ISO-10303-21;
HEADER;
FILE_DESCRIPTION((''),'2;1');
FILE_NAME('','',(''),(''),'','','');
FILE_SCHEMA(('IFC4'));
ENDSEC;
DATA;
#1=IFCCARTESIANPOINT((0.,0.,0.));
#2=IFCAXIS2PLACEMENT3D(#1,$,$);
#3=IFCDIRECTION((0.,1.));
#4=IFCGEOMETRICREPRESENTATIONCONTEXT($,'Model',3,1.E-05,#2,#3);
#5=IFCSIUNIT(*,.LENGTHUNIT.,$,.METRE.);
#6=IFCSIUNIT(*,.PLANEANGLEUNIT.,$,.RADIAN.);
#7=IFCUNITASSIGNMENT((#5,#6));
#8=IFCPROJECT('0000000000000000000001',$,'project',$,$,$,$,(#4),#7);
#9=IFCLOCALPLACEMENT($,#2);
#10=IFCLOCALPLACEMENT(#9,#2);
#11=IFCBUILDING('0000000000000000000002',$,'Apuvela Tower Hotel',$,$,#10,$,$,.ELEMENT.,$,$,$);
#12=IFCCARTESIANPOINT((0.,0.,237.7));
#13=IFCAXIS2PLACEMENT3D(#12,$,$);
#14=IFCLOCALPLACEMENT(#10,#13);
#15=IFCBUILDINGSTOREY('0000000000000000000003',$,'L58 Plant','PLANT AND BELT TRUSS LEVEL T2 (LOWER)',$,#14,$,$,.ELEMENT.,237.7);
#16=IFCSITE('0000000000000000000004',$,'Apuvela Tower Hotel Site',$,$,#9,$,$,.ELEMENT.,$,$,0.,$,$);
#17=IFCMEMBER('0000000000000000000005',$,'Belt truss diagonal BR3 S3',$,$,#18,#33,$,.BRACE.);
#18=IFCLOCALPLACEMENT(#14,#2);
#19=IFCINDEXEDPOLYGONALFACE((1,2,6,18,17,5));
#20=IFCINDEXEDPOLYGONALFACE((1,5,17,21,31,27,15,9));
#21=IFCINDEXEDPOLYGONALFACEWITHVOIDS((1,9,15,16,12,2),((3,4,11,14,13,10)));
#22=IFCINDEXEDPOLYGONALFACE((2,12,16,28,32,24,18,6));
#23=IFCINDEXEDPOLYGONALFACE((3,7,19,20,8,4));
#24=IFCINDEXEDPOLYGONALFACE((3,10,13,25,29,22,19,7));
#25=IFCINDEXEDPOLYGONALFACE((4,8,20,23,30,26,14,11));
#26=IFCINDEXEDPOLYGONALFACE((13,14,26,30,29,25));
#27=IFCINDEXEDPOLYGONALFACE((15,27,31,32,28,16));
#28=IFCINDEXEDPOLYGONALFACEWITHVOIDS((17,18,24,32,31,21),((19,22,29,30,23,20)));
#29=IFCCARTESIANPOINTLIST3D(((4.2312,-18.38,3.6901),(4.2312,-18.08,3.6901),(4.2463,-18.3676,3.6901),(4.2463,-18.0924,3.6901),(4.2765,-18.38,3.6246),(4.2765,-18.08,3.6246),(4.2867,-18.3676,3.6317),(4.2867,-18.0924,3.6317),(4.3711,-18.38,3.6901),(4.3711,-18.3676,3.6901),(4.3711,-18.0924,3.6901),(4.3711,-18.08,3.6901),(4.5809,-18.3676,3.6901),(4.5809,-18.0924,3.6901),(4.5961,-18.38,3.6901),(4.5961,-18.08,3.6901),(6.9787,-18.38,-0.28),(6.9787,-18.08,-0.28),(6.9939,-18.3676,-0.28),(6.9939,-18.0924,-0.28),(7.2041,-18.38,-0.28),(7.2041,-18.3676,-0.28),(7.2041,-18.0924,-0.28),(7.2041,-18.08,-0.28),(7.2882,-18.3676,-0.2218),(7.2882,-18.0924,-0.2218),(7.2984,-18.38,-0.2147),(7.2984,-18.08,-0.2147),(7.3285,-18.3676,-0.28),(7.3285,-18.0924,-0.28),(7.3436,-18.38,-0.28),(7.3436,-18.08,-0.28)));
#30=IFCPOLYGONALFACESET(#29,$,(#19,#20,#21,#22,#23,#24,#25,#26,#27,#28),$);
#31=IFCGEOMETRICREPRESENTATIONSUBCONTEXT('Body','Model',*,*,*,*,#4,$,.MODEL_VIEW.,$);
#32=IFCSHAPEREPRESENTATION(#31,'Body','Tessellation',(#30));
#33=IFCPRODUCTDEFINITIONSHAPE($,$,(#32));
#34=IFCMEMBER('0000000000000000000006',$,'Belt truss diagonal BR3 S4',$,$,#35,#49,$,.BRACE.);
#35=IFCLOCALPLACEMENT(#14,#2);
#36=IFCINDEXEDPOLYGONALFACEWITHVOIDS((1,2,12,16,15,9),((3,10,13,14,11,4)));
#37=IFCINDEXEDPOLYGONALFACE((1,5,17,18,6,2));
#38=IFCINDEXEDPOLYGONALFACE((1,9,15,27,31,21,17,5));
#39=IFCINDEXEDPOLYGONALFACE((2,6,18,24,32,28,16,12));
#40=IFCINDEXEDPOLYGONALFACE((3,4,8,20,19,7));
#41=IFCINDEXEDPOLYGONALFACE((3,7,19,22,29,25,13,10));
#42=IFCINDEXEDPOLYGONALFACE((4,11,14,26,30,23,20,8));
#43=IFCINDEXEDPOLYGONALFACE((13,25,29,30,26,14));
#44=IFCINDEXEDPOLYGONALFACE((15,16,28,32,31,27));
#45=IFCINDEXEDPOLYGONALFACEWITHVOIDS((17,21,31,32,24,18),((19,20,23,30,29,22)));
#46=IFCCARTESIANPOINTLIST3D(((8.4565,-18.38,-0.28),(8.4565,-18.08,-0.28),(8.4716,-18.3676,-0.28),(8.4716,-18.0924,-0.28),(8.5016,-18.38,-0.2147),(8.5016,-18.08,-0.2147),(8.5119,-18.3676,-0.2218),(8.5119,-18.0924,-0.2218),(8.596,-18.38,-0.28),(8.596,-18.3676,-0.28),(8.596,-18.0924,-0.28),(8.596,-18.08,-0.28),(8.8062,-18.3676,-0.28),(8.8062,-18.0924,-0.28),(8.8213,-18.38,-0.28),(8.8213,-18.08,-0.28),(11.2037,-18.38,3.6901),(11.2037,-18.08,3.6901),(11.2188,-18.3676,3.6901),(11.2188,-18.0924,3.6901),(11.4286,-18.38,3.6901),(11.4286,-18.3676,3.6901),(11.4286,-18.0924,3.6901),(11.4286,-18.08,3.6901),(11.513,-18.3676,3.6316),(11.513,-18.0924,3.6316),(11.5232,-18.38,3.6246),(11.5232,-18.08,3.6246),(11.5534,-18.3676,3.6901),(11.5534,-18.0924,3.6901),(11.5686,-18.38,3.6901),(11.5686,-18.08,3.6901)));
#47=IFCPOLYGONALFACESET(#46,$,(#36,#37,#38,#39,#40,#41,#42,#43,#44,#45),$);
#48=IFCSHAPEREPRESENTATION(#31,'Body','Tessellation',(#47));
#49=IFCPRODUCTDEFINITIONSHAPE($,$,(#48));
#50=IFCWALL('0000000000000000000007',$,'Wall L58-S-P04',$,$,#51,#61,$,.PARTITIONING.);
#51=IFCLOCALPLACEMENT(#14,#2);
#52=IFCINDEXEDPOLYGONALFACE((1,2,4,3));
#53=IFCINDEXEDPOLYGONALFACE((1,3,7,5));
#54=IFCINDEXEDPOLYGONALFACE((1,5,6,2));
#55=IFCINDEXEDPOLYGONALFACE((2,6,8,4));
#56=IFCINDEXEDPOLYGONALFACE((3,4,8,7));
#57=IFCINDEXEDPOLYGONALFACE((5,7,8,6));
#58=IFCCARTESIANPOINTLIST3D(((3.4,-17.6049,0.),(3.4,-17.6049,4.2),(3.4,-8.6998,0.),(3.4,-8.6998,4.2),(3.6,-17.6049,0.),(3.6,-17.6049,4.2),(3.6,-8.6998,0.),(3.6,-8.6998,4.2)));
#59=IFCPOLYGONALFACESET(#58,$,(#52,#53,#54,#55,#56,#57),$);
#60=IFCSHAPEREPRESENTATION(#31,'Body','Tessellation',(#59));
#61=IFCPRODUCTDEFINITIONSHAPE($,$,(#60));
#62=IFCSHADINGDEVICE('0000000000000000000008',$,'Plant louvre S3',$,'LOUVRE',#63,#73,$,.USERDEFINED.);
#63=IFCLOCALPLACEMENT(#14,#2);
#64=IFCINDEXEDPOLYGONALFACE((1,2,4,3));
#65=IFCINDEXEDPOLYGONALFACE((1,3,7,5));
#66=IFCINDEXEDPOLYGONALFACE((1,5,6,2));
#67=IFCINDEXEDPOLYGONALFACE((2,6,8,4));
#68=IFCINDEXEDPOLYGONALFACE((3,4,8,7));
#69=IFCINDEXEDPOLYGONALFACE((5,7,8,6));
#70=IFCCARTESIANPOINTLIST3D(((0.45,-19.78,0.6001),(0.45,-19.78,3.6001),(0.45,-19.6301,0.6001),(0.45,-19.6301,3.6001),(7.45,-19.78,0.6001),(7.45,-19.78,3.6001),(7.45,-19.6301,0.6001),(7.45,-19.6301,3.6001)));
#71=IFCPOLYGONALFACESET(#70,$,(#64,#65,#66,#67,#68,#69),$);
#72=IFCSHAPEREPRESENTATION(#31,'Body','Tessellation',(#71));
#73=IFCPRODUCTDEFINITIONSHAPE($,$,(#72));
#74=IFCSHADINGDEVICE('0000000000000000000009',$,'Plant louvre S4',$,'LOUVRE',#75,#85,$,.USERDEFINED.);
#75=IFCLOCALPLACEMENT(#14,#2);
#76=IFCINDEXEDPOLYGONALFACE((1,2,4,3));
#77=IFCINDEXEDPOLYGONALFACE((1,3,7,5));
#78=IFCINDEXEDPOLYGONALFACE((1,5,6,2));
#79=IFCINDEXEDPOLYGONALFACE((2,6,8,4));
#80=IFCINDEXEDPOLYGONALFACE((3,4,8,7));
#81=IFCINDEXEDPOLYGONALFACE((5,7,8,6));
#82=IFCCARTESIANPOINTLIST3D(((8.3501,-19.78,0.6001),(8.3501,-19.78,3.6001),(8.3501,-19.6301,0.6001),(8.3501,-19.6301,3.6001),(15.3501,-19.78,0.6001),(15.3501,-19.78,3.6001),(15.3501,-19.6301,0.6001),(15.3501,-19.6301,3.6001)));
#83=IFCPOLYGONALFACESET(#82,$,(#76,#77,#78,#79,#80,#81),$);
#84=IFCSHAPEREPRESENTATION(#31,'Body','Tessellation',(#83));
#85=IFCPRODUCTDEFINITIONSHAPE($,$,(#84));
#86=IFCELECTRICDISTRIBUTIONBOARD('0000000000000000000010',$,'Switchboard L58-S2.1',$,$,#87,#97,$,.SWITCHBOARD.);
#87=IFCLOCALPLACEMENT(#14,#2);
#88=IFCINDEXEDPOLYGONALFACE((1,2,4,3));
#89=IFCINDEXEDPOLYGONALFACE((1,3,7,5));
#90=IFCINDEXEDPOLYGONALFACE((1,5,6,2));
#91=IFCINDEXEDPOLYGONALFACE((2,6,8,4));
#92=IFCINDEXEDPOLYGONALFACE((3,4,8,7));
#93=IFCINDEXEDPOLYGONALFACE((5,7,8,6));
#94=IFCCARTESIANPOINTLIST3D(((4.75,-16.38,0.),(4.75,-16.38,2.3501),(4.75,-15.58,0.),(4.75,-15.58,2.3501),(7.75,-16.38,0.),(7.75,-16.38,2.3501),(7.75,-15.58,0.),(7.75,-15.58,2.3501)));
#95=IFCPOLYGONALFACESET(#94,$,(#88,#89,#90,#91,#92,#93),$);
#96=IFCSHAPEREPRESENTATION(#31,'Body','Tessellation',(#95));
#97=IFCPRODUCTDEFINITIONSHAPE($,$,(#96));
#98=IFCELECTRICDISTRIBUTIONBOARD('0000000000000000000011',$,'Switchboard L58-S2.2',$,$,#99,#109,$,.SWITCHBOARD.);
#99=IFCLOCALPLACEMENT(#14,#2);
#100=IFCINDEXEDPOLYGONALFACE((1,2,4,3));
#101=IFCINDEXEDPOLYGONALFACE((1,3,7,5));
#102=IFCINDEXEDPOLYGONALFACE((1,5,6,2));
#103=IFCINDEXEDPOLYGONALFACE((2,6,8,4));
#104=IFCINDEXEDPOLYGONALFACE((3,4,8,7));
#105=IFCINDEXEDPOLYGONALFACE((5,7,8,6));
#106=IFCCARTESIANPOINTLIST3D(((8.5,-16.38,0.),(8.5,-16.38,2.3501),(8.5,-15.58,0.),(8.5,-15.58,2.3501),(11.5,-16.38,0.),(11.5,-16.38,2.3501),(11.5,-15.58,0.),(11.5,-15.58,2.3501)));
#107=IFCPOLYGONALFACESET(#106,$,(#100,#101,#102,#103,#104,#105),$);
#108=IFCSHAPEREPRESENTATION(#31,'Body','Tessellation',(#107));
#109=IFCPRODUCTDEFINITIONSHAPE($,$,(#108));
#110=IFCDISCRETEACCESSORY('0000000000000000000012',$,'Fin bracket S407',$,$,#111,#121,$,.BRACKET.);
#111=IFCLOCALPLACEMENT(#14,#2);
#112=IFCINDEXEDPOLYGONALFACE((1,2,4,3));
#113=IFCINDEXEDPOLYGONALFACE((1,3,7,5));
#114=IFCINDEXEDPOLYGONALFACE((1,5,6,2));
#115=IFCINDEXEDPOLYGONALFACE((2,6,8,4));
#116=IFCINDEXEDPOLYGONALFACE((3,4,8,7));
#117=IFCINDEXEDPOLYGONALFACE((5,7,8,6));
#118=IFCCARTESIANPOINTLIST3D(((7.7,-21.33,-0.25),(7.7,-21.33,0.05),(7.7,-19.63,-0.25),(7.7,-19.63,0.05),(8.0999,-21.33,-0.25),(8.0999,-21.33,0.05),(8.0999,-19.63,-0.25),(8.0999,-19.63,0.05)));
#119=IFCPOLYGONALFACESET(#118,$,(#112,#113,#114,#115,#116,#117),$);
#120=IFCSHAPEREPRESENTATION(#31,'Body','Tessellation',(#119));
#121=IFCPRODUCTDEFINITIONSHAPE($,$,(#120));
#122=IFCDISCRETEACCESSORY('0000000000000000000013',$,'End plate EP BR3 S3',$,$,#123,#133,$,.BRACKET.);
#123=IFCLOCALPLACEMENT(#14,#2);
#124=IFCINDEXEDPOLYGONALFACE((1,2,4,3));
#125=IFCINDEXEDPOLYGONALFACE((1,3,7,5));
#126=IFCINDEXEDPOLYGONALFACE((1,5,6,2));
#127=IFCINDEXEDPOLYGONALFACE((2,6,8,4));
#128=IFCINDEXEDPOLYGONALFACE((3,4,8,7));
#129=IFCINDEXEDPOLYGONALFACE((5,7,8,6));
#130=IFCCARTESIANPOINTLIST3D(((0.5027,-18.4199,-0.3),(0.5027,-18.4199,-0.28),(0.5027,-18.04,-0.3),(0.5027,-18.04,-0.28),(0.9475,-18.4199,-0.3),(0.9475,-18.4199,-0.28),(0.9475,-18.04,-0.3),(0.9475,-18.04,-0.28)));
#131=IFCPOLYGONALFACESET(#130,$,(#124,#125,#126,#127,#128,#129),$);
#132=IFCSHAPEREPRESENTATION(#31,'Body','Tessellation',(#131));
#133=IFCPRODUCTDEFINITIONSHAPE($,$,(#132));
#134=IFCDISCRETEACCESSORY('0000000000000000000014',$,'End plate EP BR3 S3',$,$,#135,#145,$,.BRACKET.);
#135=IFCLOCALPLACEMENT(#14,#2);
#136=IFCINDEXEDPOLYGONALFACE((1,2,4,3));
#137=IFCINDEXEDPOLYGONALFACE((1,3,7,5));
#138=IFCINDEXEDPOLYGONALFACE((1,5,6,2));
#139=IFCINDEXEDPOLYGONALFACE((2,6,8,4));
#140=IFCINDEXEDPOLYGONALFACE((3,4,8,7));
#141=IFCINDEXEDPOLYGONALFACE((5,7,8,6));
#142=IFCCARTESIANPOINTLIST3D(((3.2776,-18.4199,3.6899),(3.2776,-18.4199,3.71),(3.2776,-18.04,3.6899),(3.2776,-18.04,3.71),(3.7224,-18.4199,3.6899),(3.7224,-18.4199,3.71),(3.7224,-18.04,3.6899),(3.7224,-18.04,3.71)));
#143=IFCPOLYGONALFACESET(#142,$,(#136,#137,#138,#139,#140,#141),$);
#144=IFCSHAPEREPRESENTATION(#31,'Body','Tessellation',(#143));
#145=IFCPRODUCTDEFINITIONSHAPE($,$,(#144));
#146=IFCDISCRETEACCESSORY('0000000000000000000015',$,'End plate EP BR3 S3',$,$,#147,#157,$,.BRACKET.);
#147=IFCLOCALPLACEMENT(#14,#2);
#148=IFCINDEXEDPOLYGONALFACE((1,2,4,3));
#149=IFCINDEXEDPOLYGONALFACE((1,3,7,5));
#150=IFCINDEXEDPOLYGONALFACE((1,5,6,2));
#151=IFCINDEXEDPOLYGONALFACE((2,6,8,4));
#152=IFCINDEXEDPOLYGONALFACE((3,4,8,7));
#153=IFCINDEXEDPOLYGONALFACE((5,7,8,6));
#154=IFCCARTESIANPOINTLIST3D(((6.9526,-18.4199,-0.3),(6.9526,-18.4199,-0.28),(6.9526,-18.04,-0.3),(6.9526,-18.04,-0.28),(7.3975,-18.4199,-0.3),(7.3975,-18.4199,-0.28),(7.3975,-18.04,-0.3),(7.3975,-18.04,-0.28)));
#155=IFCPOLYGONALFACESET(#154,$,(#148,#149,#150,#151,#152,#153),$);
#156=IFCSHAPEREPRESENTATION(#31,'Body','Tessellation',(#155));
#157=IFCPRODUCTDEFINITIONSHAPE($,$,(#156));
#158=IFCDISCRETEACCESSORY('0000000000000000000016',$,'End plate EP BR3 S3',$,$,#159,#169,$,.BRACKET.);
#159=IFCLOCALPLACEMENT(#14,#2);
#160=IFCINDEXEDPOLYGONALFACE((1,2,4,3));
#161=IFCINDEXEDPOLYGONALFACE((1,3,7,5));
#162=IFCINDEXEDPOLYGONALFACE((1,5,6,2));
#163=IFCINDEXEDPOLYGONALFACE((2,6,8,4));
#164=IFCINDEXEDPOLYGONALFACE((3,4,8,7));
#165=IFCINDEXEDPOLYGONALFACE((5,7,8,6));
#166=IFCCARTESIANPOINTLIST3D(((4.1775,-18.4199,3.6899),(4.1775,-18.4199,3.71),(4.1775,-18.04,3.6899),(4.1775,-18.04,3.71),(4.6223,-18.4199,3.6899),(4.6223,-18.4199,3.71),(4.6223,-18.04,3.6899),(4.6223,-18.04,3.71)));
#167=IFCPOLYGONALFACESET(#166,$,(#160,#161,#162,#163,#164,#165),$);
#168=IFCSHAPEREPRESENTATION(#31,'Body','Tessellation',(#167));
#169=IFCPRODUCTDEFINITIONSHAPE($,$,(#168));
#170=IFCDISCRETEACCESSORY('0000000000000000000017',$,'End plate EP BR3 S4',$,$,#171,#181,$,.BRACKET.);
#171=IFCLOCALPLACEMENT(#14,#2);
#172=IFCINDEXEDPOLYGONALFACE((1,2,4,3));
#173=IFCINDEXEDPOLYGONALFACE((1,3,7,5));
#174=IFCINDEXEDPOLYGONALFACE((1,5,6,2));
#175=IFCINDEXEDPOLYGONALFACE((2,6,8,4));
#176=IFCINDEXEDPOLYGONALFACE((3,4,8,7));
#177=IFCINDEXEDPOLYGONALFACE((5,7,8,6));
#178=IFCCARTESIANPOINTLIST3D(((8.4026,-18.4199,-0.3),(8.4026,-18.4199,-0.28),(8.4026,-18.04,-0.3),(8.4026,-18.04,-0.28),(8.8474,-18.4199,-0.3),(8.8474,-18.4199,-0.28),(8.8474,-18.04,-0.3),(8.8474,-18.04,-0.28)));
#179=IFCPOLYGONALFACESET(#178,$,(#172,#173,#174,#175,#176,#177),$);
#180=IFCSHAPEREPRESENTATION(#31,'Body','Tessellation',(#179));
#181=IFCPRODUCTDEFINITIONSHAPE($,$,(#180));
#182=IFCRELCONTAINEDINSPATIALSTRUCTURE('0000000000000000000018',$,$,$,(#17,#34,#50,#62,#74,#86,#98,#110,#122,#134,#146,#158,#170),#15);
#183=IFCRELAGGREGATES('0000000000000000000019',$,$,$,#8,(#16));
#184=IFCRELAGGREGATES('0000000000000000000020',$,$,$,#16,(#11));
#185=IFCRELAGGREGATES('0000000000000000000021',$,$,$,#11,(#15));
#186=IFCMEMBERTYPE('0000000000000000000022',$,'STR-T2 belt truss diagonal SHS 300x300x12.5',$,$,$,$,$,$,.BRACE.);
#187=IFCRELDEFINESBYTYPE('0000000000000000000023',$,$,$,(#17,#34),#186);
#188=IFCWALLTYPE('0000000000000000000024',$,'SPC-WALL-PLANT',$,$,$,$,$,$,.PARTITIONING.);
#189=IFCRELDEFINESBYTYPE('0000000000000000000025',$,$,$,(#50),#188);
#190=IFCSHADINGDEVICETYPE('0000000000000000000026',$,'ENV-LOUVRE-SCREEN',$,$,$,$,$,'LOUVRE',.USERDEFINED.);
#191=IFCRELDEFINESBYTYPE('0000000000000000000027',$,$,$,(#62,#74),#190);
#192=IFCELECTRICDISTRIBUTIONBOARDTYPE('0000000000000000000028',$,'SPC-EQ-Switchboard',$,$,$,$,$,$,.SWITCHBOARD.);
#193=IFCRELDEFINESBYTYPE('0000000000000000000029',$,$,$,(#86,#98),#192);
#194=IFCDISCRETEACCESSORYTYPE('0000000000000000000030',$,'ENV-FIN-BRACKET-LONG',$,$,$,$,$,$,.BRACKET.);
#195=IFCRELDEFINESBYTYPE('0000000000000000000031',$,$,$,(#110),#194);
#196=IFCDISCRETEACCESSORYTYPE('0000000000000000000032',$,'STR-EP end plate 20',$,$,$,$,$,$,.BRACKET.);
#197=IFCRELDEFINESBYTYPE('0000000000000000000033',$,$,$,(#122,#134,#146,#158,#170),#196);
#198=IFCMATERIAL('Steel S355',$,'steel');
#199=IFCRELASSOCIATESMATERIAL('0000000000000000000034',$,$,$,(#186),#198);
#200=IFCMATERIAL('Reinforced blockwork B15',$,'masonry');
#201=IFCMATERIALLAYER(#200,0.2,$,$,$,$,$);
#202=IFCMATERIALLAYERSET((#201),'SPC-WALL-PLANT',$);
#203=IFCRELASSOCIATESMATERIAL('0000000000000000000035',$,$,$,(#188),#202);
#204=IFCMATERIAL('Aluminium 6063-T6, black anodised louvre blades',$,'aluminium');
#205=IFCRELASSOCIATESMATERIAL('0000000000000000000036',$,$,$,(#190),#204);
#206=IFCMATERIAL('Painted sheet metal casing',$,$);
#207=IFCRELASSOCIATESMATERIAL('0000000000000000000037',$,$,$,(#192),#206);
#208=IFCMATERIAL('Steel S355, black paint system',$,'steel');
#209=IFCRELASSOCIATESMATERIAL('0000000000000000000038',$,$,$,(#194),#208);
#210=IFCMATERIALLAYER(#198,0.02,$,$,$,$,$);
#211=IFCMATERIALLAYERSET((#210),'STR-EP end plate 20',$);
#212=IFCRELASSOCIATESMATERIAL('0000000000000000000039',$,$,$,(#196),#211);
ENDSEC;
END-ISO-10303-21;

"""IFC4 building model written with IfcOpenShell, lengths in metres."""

from ifc_helpers import new_model, si_unit, direction, frame, frame_2d, origin, origin_2d, place, context, subcontext, project, spatial, rectangle, hollow_rectangle, extrude, boolean, halfspace, material, layer, layer_set, material_profile, profile_set, type_object, element, save


model = new_model("IFC4")

# Units and contexts
model_context = context("Model", 3, precision=1e-05, world=origin(), true_north=direction((0.0, 1.0)))
body_context = subcontext(model_context, "Body", "Model", "MODEL_VIEW")
ifc_project = project(units=[si_unit("LENGTHUNIT", "METRE"), si_unit("PLANEANGLEUNIT", "RADIAN")], contexts=[model_context])

# Site, building, storey
site_placement = place(None, origin())
site = spatial("IfcSite", under=ifc_project, at=site_placement, Name="Apuvela Tower Hotel Site", CompositionType="ELEMENT", RefElevation=0.0)
building_placement = place(site_placement, origin())
building = spatial("IfcBuilding", under=site, at=building_placement, Name="Apuvela Tower Hotel", CompositionType="ELEMENT")
storey_placement = place(building_placement, frame((0.0, 0.0, 237.7)))
storey = spatial("IfcBuildingStorey", under=building, at=storey_placement, Name="L58 Plant", Description="PLANT AND BELT TRUSS LEVEL T2 (LOWER)", CompositionType="ELEMENT", Elevation=237.7)

# Shared definitions
ifc_material_1 = material(Name="Steel S355", Category="steel")

# Members
ifc_material_profile_1 = material_profile(ifc_material_1, hollow_rectangle(XDim=0.3, YDim=0.3, WallThickness=0.0125, at=origin_2d()), Name="SHS 300x300x12.5")
ifc_profile_set_1 = profile_set([ifc_material_profile_1], Name="Steel S355")
member_type_1 = type_object("IfcMemberType", Name="STR-T2 belt truss diagonal SHS 300x300x12.5", PredefinedType="BRACE", material=ifc_profile_set_1)
member_1_placement = place(storey_placement, frame((7.175, -18.23, -0.3), z_axis=(-0.569069, 0.0, 0.82229), x_axis=(0.82229, 0.0, 0.569069)))
solid_1 = boolean("DIFFERENCE", boolean("DIFFERENCE", extrude(hollow_rectangle(XDim=0.3, YDim=0.3, WallThickness=0.0125, at=origin_2d()), frame((0.0, 0.0, -0.2239)), (0.0, 0.0, 1.0), 5.3242), halfspace(frame((0.0, 0.0, 0.0244), z_axis=(0.569069, 0.0, 0.82229), x_axis=(0.82229, 0.0, -0.569069)), True)), halfspace(frame((0.0, 0.0, 4.8525), z_axis=(0.569069, 0.0, 0.82229), x_axis=(0.82229, 0.0, -0.569069)), False))
element("IfcMember", 1, at=member_1_placement, inside=storey, type_object=member_type_1, Name="Belt truss diagonal BR3 S3", PredefinedType="BRACE", context=body_context, shape_type="SweptSolid", body=[
    boolean("UNION", boolean("DIFFERENCE", boolean("DIFFERENCE", extrude(hollow_rectangle(XDim=0.3, YDim=0.3, WallThickness=0.0125, at=origin_2d()), origin(), (0.0, 0.0, 1.0), 4.8767), halfspace(frame((0.0, 0.0, 0.0244), z_axis=(0.569069, 0.0, 0.82229), x_axis=(0.82229, 0.0, -0.569069)), True)), halfspace(frame((0.0, 0.0, 4.8525), z_axis=(0.569069, 0.0, 0.82229), x_axis=(0.82229, 0.0, -0.569069)), False)), solid_1),
])
member_2_placement = place(storey_placement, frame((8.625, -18.23, -0.3), z_axis=(0.569036, 0.0, 0.822313), x_axis=(-0.822313, 0.0, 0.569036)))
solid_2 = boolean("DIFFERENCE", boolean("DIFFERENCE", extrude(hollow_rectangle(XDim=0.3, YDim=0.3, WallThickness=0.0125, at=origin_2d()), frame((0.0, 0.0, -0.2239)), (0.0, 0.0, 1.0), 5.3242), halfspace(frame((0.0, 0.0, 0.0244), z_axis=(0.569036, 0.0, 0.822313), x_axis=(0.822313, 0.0, -0.569036)), True)), halfspace(frame((0.0, 0.0, 4.8523), z_axis=(0.569036, 0.0, 0.822313), x_axis=(0.822313, 0.0, -0.569036)), False))
element("IfcMember", 2, at=member_2_placement, inside=storey, type_object=member_type_1, Name="Belt truss diagonal BR3 S4", PredefinedType="BRACE", context=body_context, shape_type="SweptSolid", body=[
    boolean("UNION", boolean("DIFFERENCE", boolean("DIFFERENCE", extrude(hollow_rectangle(XDim=0.3, YDim=0.3, WallThickness=0.0125, at=origin_2d()), origin(), (0.0, 0.0, 1.0), 4.8765), halfspace(frame((0.0, 0.0, 0.0244), z_axis=(0.569036, 0.0, 0.822313), x_axis=(0.822313, 0.0, -0.569036)), True)), halfspace(frame((0.0, 0.0, 4.8523), z_axis=(0.569036, 0.0, 0.822313), x_axis=(0.822313, 0.0, -0.569036)), False)), solid_2),
])

# Wall
ifc_material_2 = material(Name="Reinforced blockwork B15", Category="masonry")
ifc_layer_1 = layer(ifc_material_2, 0.2)
ifc_layer_set_1 = layer_set([ifc_layer_1], Name="SPC-WALL-PLANT")
wall_type = type_object("IfcWallType", Name="SPC-WALL-PLANT", PredefinedType="PARTITIONING", material=ifc_layer_set_1)
wall_placement = place(storey_placement, frame((3.5, -17.605, 0.0), z_axis=(0.0, 0.0, 1.0), x_axis=(0.0, 1.0, 0.0)))
element("IfcWall", 3, at=wall_placement, inside=storey, type_object=wall_type, Name="Wall L58-S-P04", PredefinedType="PARTITIONING", context=body_context, shape_type="SweptSolid", body=[
    extrude(rectangle(XDim=8.905, YDim=0.2, at=frame_2d((4.4526, 0.0))), origin(), (0.0, 0.0, 1.0), 4.2),
])

# Shading devices
ifc_material_3 = material(Name="Aluminium 6063-T6, black anodised louvre blades", Category="aluminium")
shading_device_type = type_object("IfcShadingDeviceType", Name="ENV-LOUVRE-SCREEN", ElementType="LOUVRE", PredefinedType="USERDEFINED", material=ifc_material_3)
for number, where, z_axis, x_axis, name in (
    (4, (3.95, -19.7051, 0.6001), (0.0, 0.0, 1.0), (1.0, 0.0, 0.0), "Plant louvre S3"),
    (5, (11.8501, -19.7051, 0.6001), (0.0, 0.0, 1.0), (1.0, 0.0, 0.0), "Plant louvre S4"),
):
    element("IfcShadingDevice", number, at=place(storey_placement, frame(where, z_axis=z_axis, x_axis=x_axis)), inside=storey, type_object=shading_device_type, Name=name, ObjectType="LOUVRE", PredefinedType="USERDEFINED", context=body_context, shape_type="SweptSolid", body=[
        extrude(rectangle(XDim=7.0, YDim=0.1499, at=origin_2d()), origin(), (0.0, 0.0, 1.0), 3.0),
    ])

# Electric distribution boards
ifc_material_4 = material(Name="Painted sheet metal casing")
electric_distribution_board_type = type_object("IfcElectricDistributionBoardType", Name="SPC-EQ-Switchboard", PredefinedType="SWITCHBOARD", material=ifc_material_4)
for number, where, z_axis, x_axis, name in (
    (6, (6.25, -15.98, 0.0), (0.0, 0.0, 1.0), (1.0, 0.0, 0.0), "Switchboard L58-S2.1"),
    (7, (10.0, -15.98, 0.0), (0.0, 0.0, 1.0), (1.0, 0.0, 0.0), "Switchboard L58-S2.2"),
):
    element("IfcElectricDistributionBoard", number, at=place(storey_placement, frame(where, z_axis=z_axis, x_axis=x_axis)), inside=storey, type_object=electric_distribution_board_type, Name=name, PredefinedType="SWITCHBOARD", context=body_context, shape_type="SweptSolid", body=[
        extrude(rectangle(XDim=3.0, YDim=0.8, at=origin_2d()), origin(), (0.0, 0.0, 1.0), 2.3501),
    ])

# Discrete accessories
ifc_material_5 = material(Name="Steel S355, black paint system", Category="steel")
discrete_accessory_type_1 = type_object("IfcDiscreteAccessoryType", Name="ENV-FIN-BRACKET-LONG", PredefinedType="BRACKET", material=ifc_material_5)
discrete_accessory_placement = place(storey_placement, frame((7.8999, -20.48, -0.25), z_axis=(0.0, 0.0, 1.0), x_axis=(1.0, 0.0, 0.0)))
element("IfcDiscreteAccessory", 8, at=discrete_accessory_placement, inside=storey, type_object=discrete_accessory_type_1, Name="Fin bracket S407", PredefinedType="BRACKET", context=body_context, shape_type="SweptSolid", body=[
    extrude(rectangle(XDim=0.3999, YDim=1.7, at=origin_2d()), origin(), (0.0, 0.0, 1.0), 0.3),
])
ifc_layer_2 = layer(ifc_material_1, 0.02)
ifc_layer_set_2 = layer_set([ifc_layer_2], Name="STR-EP end plate 20")
discrete_accessory_type_2 = type_object("IfcDiscreteAccessoryType", Name="STR-EP end plate 20", PredefinedType="BRACKET", material=ifc_layer_set_2)
for number, where, z_axis, x_axis, name in (
    (9, (0.7251, -18.23, -0.3), (0.0, 0.0, 1.0), (1.0, 0.0, 0.0), "End plate EP BR3 S3"),
    (10, (3.5, -18.23, 3.6899), (0.0, 0.0, 1.0), (1.0, 0.0, 0.0), "End plate EP BR3 S3"),
    (11, (7.175, -18.23, -0.3), (0.0, 0.0, 1.0), (-1.0, 0.0, 0.0), "End plate EP BR3 S3"),
    (12, (4.3999, -18.23, 3.6899), (0.0, 0.0, 1.0), (-1.0, 0.0, 0.0), "End plate EP BR3 S3"),
    (13, (8.625, -18.23, -0.3), (0.0, 0.0, 1.0), (1.0, 0.0, 0.0), "End plate EP BR3 S4"),
):
    element("IfcDiscreteAccessory", number, at=place(storey_placement, frame(where, z_axis=z_axis, x_axis=x_axis)), inside=storey, type_object=discrete_accessory_type_2, Name=name, PredefinedType="BRACKET", context=body_context, shape_type="SweptSolid", body=[
        extrude(rectangle(XDim=0.4448, YDim=0.3799, at=origin_2d()), origin(), (0.0, 0.0, 1.0), 0.02),
    ])

save(model, "model.ifc")
